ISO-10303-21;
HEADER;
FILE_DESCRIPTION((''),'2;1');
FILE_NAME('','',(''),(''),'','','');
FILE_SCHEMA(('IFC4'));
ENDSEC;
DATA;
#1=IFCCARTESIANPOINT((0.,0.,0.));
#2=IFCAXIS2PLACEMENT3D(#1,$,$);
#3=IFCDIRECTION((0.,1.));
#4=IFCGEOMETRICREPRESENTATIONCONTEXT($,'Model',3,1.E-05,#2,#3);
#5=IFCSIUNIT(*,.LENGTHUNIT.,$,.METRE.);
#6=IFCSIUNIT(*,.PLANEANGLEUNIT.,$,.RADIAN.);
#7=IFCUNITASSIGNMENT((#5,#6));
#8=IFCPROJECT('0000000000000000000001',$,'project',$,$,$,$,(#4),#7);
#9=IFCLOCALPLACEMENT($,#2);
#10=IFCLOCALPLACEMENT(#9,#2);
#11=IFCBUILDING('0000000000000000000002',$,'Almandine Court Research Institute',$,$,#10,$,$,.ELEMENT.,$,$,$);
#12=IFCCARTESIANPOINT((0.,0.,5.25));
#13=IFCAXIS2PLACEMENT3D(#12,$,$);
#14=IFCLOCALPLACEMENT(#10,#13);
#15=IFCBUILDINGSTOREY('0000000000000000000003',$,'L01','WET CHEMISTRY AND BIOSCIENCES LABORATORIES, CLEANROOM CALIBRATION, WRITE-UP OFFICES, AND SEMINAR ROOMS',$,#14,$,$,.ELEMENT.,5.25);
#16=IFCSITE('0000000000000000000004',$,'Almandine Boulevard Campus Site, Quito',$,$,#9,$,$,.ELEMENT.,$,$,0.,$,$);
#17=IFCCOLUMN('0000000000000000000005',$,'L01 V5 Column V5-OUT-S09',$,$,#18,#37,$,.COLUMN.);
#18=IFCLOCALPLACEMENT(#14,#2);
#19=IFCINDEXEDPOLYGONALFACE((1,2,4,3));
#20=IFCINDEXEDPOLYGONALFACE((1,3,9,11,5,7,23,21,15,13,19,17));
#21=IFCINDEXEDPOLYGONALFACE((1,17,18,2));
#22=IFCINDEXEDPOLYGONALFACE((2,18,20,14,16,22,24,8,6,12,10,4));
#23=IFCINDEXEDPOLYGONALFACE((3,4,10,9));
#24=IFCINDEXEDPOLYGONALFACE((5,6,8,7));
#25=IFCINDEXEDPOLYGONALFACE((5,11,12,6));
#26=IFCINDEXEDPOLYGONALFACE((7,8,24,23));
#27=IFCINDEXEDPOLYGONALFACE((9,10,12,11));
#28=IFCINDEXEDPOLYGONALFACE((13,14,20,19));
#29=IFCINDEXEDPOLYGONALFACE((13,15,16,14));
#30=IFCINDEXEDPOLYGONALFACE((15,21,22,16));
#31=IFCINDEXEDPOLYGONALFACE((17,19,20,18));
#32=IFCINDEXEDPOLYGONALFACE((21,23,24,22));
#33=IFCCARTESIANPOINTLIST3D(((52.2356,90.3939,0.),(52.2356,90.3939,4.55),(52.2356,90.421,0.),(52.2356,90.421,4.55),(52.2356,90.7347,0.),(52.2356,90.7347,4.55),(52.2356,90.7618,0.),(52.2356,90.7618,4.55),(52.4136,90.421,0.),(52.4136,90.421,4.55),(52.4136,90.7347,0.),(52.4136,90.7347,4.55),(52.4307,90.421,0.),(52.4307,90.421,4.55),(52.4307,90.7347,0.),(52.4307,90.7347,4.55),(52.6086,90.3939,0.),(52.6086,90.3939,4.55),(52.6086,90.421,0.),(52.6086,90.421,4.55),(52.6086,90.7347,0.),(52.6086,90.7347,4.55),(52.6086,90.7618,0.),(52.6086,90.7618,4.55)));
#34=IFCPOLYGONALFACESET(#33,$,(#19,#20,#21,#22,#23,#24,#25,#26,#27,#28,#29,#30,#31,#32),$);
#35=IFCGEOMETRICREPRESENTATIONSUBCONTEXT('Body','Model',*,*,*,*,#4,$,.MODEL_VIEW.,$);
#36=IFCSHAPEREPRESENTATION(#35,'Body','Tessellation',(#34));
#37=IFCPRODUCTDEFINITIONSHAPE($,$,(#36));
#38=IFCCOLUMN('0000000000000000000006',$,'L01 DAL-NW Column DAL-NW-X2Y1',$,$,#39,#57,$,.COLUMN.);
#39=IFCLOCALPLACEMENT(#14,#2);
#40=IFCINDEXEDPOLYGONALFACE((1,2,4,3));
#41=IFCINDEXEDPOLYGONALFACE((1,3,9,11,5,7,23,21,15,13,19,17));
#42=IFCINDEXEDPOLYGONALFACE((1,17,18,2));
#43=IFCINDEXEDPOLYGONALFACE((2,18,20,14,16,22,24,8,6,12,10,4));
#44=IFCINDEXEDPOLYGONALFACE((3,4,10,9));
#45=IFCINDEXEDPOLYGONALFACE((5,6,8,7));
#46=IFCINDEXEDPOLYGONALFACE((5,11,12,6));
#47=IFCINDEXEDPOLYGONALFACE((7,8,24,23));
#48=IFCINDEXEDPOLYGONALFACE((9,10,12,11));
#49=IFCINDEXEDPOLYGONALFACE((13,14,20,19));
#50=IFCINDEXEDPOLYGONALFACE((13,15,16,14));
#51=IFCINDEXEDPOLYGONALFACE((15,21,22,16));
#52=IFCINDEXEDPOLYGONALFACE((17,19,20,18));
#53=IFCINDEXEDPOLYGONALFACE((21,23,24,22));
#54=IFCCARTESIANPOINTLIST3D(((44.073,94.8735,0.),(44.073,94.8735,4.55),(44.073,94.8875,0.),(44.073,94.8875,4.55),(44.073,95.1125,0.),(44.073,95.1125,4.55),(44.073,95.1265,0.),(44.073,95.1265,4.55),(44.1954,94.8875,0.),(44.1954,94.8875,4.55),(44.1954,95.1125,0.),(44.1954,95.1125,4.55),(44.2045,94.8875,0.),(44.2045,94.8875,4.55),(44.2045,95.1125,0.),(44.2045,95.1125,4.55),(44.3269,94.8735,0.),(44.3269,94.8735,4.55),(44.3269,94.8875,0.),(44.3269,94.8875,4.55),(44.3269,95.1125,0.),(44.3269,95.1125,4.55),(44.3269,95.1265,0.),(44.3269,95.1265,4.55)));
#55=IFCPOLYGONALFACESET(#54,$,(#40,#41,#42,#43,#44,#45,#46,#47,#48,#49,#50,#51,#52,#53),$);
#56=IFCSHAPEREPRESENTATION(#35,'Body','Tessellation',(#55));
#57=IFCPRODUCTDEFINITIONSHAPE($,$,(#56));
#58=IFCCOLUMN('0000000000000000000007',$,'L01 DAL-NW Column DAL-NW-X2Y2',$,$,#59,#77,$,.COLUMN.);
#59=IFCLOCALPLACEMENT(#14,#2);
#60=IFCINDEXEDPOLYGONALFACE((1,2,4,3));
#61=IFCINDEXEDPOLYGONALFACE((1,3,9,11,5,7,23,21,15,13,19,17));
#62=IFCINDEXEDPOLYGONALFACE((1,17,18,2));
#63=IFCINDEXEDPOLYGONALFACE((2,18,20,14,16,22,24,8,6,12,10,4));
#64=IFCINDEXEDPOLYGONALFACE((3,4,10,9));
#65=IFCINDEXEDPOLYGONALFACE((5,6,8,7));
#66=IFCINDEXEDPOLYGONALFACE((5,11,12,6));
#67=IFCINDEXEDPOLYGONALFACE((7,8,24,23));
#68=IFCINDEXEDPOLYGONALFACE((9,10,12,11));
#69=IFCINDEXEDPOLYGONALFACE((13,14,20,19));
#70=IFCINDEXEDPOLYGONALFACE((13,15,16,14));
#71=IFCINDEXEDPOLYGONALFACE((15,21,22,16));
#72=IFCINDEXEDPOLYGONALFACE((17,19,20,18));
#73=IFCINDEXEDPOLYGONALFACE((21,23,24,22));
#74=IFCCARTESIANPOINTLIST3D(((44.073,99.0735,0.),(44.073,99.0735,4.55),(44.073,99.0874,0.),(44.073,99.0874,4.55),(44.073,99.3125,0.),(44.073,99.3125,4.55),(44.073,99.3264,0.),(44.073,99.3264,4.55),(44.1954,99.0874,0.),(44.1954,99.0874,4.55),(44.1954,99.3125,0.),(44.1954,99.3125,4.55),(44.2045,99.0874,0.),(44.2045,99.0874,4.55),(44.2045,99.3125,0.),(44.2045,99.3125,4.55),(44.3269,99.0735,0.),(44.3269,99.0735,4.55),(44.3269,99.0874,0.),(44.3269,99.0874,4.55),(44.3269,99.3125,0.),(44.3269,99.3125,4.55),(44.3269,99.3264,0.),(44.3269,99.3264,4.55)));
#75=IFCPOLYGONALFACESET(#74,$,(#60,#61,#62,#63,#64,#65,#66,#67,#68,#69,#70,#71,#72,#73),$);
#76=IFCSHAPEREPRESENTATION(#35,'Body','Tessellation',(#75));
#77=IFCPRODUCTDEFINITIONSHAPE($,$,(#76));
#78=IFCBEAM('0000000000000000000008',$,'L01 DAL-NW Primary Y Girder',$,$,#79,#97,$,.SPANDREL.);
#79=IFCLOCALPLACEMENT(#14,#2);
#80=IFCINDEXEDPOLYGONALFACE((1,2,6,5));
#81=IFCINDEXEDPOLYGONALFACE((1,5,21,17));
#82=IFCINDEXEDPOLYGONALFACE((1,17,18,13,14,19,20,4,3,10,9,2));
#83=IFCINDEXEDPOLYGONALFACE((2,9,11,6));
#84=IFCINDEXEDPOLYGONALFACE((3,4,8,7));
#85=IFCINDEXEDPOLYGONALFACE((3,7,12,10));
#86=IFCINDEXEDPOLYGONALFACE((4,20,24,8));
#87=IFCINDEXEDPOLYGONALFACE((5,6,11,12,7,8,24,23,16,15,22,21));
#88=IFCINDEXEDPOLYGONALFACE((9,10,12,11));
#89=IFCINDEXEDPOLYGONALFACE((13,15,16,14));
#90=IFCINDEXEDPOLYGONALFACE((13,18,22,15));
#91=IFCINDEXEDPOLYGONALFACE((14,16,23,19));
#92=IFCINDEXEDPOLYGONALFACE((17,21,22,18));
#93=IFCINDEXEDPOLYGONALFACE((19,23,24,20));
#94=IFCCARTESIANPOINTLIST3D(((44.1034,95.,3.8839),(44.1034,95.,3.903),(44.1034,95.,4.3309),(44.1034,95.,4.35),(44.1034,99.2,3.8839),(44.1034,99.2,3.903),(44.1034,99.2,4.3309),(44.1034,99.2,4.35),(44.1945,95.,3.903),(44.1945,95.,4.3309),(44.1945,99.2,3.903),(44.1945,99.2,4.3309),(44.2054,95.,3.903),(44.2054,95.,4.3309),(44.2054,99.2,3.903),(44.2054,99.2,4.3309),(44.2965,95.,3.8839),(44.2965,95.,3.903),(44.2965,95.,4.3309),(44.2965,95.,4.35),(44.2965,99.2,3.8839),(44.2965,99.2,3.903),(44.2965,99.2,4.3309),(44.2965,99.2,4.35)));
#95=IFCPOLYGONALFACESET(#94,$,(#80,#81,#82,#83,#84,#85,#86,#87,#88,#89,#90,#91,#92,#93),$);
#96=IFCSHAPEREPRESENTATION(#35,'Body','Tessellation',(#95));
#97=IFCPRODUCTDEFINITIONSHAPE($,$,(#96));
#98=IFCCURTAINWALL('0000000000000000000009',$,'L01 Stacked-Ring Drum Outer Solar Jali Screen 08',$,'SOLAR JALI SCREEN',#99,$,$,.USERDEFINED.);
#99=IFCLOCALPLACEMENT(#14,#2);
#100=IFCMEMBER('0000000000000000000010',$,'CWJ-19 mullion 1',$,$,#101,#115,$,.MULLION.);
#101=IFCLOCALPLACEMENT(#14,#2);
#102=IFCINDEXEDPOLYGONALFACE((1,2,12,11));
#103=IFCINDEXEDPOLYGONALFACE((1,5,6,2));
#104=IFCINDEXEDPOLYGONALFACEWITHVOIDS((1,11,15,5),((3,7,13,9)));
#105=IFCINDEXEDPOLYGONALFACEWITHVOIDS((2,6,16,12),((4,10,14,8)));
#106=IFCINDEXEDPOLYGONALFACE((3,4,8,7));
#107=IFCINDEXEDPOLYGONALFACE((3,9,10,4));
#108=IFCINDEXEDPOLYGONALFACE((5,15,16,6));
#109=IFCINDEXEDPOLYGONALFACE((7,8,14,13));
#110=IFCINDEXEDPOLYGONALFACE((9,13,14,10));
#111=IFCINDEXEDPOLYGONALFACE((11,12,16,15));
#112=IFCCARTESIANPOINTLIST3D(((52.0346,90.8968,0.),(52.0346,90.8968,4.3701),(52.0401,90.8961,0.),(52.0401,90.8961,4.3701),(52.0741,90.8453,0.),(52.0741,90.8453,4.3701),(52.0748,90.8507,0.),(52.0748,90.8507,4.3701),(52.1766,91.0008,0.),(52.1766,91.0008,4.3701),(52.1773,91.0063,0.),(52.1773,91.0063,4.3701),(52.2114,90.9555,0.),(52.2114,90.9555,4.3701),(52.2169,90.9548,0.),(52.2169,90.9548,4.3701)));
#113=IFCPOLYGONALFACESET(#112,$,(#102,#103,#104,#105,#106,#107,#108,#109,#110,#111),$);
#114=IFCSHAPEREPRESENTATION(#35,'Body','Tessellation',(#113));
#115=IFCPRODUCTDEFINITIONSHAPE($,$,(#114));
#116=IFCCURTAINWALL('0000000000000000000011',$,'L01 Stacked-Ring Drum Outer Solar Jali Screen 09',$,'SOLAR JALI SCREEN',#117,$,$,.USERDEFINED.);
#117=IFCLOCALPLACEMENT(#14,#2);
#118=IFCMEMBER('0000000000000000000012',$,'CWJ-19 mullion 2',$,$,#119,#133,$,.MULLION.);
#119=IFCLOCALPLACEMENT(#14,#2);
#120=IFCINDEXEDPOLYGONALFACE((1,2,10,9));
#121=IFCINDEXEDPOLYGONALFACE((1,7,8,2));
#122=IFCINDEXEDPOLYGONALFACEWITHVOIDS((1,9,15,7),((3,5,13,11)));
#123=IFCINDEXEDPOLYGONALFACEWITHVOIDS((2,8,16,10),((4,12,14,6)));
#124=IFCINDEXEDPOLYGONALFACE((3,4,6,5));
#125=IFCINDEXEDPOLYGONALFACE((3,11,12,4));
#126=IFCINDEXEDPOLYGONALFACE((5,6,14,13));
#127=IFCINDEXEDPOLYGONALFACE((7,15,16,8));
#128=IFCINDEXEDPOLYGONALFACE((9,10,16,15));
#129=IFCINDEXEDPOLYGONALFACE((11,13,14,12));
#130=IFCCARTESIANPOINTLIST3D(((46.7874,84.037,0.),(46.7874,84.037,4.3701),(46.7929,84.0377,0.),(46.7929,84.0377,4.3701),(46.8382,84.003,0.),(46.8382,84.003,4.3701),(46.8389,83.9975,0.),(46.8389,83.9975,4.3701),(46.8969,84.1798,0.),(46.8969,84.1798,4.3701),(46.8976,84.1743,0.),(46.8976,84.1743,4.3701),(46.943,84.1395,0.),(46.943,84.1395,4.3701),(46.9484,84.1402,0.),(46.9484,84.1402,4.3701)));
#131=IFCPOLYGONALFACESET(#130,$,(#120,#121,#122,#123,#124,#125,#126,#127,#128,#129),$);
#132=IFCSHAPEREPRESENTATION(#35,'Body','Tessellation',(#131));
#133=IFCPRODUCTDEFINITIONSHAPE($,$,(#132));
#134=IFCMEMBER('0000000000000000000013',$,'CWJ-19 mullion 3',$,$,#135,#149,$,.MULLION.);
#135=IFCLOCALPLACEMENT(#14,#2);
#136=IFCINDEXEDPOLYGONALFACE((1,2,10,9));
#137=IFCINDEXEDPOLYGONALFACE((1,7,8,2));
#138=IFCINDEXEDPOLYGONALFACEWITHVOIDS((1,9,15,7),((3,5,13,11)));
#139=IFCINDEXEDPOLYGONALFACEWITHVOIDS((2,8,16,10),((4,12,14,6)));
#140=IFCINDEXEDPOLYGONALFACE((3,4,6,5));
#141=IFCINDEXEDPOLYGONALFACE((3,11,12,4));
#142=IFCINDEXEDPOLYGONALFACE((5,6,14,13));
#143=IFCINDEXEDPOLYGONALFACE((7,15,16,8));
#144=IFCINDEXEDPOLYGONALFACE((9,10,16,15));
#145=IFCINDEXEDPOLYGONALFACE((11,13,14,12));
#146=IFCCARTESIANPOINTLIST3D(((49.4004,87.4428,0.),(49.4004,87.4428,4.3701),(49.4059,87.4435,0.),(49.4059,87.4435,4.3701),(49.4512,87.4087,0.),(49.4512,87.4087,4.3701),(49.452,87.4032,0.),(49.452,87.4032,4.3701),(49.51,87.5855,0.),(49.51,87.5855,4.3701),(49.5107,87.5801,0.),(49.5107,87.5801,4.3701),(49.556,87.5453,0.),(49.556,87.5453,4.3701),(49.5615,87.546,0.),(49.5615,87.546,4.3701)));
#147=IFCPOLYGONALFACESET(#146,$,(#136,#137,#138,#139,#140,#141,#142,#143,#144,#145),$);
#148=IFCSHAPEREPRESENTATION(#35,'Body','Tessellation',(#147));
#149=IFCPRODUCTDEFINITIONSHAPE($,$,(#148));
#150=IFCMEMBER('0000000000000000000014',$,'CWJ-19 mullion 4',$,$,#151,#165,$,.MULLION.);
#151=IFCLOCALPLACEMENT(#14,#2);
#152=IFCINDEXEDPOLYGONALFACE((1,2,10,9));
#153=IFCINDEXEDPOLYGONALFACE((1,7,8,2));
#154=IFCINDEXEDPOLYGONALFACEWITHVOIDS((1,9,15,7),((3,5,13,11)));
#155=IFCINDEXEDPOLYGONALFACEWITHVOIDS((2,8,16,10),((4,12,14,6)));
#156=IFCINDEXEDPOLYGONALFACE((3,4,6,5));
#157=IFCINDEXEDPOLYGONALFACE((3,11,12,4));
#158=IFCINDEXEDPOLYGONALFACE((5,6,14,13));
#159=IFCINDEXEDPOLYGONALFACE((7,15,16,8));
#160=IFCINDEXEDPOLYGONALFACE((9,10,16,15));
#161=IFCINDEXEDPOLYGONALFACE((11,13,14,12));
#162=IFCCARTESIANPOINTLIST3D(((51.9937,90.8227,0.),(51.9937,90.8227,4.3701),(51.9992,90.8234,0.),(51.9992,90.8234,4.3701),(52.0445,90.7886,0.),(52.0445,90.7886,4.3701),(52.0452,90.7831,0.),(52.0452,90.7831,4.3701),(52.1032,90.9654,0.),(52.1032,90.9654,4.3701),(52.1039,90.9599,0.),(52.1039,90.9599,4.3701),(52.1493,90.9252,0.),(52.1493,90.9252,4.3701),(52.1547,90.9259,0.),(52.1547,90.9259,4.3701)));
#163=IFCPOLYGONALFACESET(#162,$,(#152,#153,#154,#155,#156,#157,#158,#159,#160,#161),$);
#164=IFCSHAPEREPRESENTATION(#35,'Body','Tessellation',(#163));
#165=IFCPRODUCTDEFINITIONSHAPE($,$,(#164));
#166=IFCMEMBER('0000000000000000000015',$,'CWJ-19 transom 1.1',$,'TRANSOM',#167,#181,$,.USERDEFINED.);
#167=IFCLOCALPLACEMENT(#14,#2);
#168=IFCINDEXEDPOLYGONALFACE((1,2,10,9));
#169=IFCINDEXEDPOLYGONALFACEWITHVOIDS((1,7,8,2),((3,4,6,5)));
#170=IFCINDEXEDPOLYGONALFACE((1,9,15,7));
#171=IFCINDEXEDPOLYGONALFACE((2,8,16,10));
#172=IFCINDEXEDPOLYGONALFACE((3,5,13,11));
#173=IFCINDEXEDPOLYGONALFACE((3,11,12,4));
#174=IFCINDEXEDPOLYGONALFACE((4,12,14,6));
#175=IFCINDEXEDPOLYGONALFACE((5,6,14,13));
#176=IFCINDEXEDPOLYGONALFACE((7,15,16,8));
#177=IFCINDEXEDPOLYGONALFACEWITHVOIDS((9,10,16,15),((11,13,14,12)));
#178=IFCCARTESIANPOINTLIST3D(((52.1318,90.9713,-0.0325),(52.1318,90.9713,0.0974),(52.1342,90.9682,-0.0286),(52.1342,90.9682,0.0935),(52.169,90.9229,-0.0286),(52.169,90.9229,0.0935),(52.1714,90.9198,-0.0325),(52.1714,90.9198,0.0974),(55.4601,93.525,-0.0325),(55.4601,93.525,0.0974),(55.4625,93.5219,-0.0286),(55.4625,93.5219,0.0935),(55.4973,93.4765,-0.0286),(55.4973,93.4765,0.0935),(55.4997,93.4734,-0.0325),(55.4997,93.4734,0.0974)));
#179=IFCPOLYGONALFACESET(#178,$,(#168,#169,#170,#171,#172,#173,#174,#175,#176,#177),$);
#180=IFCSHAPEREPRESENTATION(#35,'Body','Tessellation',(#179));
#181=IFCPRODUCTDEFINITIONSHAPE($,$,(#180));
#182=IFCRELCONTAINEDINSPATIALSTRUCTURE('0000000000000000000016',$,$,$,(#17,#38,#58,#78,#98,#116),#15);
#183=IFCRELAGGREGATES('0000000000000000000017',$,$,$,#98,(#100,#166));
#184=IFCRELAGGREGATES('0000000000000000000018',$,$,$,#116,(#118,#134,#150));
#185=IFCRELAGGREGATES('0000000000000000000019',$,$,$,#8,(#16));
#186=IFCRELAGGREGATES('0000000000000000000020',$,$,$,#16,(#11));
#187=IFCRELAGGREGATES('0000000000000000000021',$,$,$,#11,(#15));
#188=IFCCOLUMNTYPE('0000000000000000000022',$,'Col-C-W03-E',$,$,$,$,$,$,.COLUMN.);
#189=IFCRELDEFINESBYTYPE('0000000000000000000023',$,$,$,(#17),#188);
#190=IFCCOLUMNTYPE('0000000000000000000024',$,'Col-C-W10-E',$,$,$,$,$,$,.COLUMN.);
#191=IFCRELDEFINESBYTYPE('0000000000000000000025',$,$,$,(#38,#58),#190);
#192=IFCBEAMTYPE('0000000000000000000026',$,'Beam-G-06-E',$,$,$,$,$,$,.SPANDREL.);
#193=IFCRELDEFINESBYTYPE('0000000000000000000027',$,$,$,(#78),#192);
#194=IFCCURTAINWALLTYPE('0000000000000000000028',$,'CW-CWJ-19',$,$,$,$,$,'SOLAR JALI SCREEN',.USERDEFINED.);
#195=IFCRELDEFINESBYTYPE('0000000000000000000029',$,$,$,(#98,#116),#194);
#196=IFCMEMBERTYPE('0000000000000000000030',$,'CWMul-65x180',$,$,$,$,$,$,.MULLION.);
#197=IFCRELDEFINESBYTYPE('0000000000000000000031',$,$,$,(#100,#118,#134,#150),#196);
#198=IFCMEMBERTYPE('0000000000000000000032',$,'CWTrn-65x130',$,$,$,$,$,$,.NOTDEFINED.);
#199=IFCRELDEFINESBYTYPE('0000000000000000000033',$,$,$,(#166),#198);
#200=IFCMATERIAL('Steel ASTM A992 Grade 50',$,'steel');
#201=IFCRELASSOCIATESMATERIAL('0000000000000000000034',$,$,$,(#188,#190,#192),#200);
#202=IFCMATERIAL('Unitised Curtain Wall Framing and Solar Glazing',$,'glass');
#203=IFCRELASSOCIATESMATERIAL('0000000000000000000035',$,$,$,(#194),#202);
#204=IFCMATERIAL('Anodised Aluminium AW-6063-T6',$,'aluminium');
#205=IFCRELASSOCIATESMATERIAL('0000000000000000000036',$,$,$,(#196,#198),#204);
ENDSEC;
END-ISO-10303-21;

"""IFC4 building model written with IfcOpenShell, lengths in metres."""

from ifc_helpers import new_model, si_unit, direction, frame, origin, origin_2d, place, context, subcontext, project, spatial, hollow_rectangle, i_section, extrude, material, material_profile, profile_set, type_object, element, aggregate, save


model = new_model("IFC4")

# Units and contexts
model_context = context("Model", 3, precision=1e-05, world=origin(), true_north=direction((0.0, 1.0)))
body_context = subcontext(model_context, "Body", "Model", "MODEL_VIEW")
ifc_project = project(units=[si_unit("LENGTHUNIT", "METRE"), si_unit("PLANEANGLEUNIT", "RADIAN")], contexts=[model_context])

# Site, building, storey
site_placement = place(None, origin())
site = spatial("IfcSite", under=ifc_project, at=site_placement, Name="Almandine Boulevard Campus Site, Quito", CompositionType="ELEMENT", RefElevation=0.0)
building_placement = place(site_placement, origin())
building = spatial("IfcBuilding", under=site, at=building_placement, Name="Almandine Court Research Institute", CompositionType="ELEMENT")
storey_placement = place(building_placement, frame((0.0, 0.0, 5.25)))
storey = spatial("IfcBuildingStorey", under=building, at=storey_placement, Name="L01", Description="WET CHEMISTRY AND BIOSCIENCES LABORATORIES, CLEANROOM CALIBRATION, WRITE-UP OFFICES, AND SEMINAR ROOMS", CompositionType="ELEMENT", Elevation=5.25)

# Columns
ifc_material_1 = material(Name="Steel ASTM A992 Grade 50", Category="steel")
ifc_material_profile_1 = material_profile(ifc_material_1, i_section(OverallWidth=0.373, OverallDepth=0.3679, WebThickness=0.0171, FlangeThickness=0.0271, at=origin_2d()), Name="W360x179")
ifc_profile_set_1 = profile_set([ifc_material_profile_1], Name="Steel ASTM A992 Grade 50")
column_type_1 = type_object("IfcColumnType", Name="Col-C-W03-E", PredefinedType="COLUMN", material=ifc_profile_set_1)
column_placement = place(storey_placement, frame((52.4221, 90.5779, 0.0), z_axis=(0.0, 0.0, 1.0), x_axis=(1.0, 0.0, 0.0)))
element("IfcColumn", 1, at=column_placement, inside=storey, type_object=column_type_1, Name="L01 V5 Column V5-OUT-S09", PredefinedType="COLUMN", context=body_context, shape_type="SweptSolid", body=[
    extrude(i_section(OverallWidth=0.373, OverallDepth=0.3679, WebThickness=0.0171, FlangeThickness=0.0271, at=origin_2d()), origin(), (0.0, 0.0, 1.0), 4.55),
])
ifc_material_profile_2 = material_profile(ifc_material_1, i_section(OverallWidth=0.2539, OverallDepth=0.2529, WebThickness=0.009, FlangeThickness=0.0139, at=origin_2d()), Name="W250x73")
ifc_profile_set_2 = profile_set([ifc_material_profile_2], Name="Steel ASTM A992 Grade 50")
column_type_2 = type_object("IfcColumnType", Name="Col-C-W10-E", PredefinedType="COLUMN", material=ifc_profile_set_2)
for number, where, z_axis, x_axis, name in (
    (2, (44.2, 95.0, 0.0), (0.0, 0.0, 1.0), (1.0, 0.0, 0.0), "L01 DAL-NW Column DAL-NW-X2Y1"),
    (3, (44.2, 99.2, 0.0), (0.0, 0.0, 1.0), (1.0, 0.0, 0.0), "L01 DAL-NW Column DAL-NW-X2Y2"),
):
    element("IfcColumn", number, at=place(storey_placement, frame(where, z_axis=z_axis, x_axis=x_axis)), inside=storey, type_object=column_type_2, Name=name, PredefinedType="COLUMN", context=body_context, shape_type="SweptSolid", body=[
        extrude(i_section(OverallWidth=0.2539, OverallDepth=0.2529, WebThickness=0.009, FlangeThickness=0.0139, at=origin_2d()), origin(), (0.0, 0.0, 1.0), 4.55),
    ])

# Beam
ifc_material_profile_3 = material_profile(ifc_material_1, i_section(OverallWidth=0.1931, OverallDepth=0.4661, WebThickness=0.011, FlangeThickness=0.019, at=origin_2d()), Name="W460x97")
ifc_profile_set_3 = profile_set([ifc_material_profile_3], Name="Steel ASTM A992 Grade 50")
beam_type = type_object("IfcBeamType", Name="Beam-G-06-E", PredefinedType="SPANDREL", material=ifc_profile_set_3)
beam_placement = place(storey_placement, frame((44.2, 95.0, 4.1169), z_axis=(0.0, 1.0, 0.0), x_axis=(-1.0, 0.0, 0.0)))
element("IfcBeam", 4, at=beam_placement, inside=storey, type_object=beam_type, Name="L01 DAL-NW Primary Y Girder", PredefinedType="SPANDREL", context=body_context, shape_type="SweptSolid", body=[
    extrude(i_section(OverallWidth=0.1931, OverallDepth=0.4661, WebThickness=0.011, FlangeThickness=0.019, at=origin_2d()), origin(), (0.0, 0.0, 1.0), 4.2),
])

# Curtain wall, member
ifc_material_2 = material(Name="Unitised Curtain Wall Framing and Solar Glazing", Category="glass")
curtain_wall_type = type_object("IfcCurtainWallType", Name="CW-CWJ-19", ElementType="SOLAR JALI SCREEN", PredefinedType="USERDEFINED", material=ifc_material_2)
curtain_wall_1_placement = place(storey_placement, origin())
curtain_wall_1 = element("IfcCurtainWall", 5, at=curtain_wall_1_placement, inside=storey, type_object=curtain_wall_type, Name="L01 Stacked-Ring Drum Outer Solar Jali Screen 08", ObjectType="SOLAR JALI SCREEN", PredefinedType="USERDEFINED")
ifc_material_3 = material(Name="Anodised Aluminium AW-6063-T6", Category="aluminium")
ifc_material_profile_4 = material_profile(ifc_material_3, hollow_rectangle(XDim=0.0649, YDim=0.1799, WallThickness=0.0039, at=origin_2d()), Name="ALU RHS 65x180x4")
ifc_profile_set_4 = profile_set([ifc_material_profile_4], Name="Anodised Aluminium AW-6063-T6")
member_type_1 = type_object("IfcMemberType", Name="CWMul-65x180", PredefinedType="MULLION", material=ifc_profile_set_4)
member_1_placement = place(storey_placement, frame((52.1257, 90.9258, 0.0), z_axis=(0.0, 0.0, 1.0), x_axis=(-0.608723, 0.793383, 0.0)))
member_1 = element("IfcMember", 6, at=member_1_placement, type_object=member_type_1, Name="CWJ-19 mullion 1", PredefinedType="MULLION", context=body_context, shape_type="SweptSolid", body=[
    extrude(hollow_rectangle(XDim=0.0649, YDim=0.1799, WallThickness=0.0039, at=origin_2d()), origin(), (0.0, 0.0, 1.0), 4.3701),
])

# Curtain wall, members
curtain_wall_2_placement = place(storey_placement, origin())
curtain_wall_2 = element("IfcCurtainWall", 7, at=curtain_wall_2_placement, inside=storey, type_object=curtain_wall_type, Name="L01 Stacked-Ring Drum Outer Solar Jali Screen 09", ObjectType="SOLAR JALI SCREEN", PredefinedType="USERDEFINED")
member_2_placement = place(storey_placement, frame((46.8679, 84.0886, 0.0), z_axis=(0.0, 0.0, 1.0), x_axis=(-0.793383, 0.608723, 0.0)))
member_2 = element("IfcMember", 8, at=member_2_placement, type_object=member_type_1, Name="CWJ-19 mullion 2", PredefinedType="MULLION", context=body_context, shape_type="SweptSolid", body=[
    extrude(hollow_rectangle(XDim=0.0649, YDim=0.1799, WallThickness=0.0039, at=origin_2d()), origin(), (0.0, 0.0, 1.0), 4.3701),
])
member_3_placement = place(storey_placement, frame((49.481, 87.4944, 0.0), z_axis=(0.0, 0.0, 1.0), x_axis=(-0.793383, 0.608723, 0.0)))
member_3 = element("IfcMember", 9, at=member_3_placement, type_object=member_type_1, Name="CWJ-19 mullion 3", PredefinedType="MULLION", context=body_context, shape_type="SweptSolid", body=[
    extrude(hollow_rectangle(XDim=0.0649, YDim=0.1799, WallThickness=0.0039, at=origin_2d()), origin(), (0.0, 0.0, 1.0), 4.3701),
])
member_4_placement = place(storey_placement, frame((52.0742, 90.8743, 0.0), z_axis=(0.0, 0.0, 1.0), x_axis=(-0.793383, 0.608723, 0.0)))
member_4 = element("IfcMember", 10, at=member_4_placement, type_object=member_type_1, Name="CWJ-19 mullion 4", PredefinedType="MULLION", context=body_context, shape_type="SweptSolid", body=[
    extrude(hollow_rectangle(XDim=0.0649, YDim=0.1799, WallThickness=0.0039, at=origin_2d()), origin(), (0.0, 0.0, 1.0), 4.3701),
])

# Member
ifc_material_profile_5 = material_profile(ifc_material_3, hollow_rectangle(XDim=0.0649, YDim=0.1299, WallThickness=0.0039, at=origin_2d()), Name="ALU RHS 65x130x4")
ifc_profile_set_5 = profile_set([ifc_material_profile_5], Name="Anodised Aluminium AW-6063-T6")
member_type_2 = type_object("IfcMemberType", Name="CWTrn-65x130", PredefinedType="NOTDEFINED", material=ifc_profile_set_5)
member_5_placement = place(storey_placement, frame((52.1516, 90.9456, 0.0325), z_axis=(0.793381, 0.608726, 0.0), x_axis=(-0.608726, 0.793381, 0.0)))
member_5 = element("IfcMember", 11, at=member_5_placement, type_object=member_type_2, Name="CWJ-19 transom 1.1", ObjectType="TRANSOM", PredefinedType="USERDEFINED", context=body_context, shape_type="SweptSolid", body=[
    extrude(hollow_rectangle(XDim=0.0649, YDim=0.1299, WallThickness=0.0039, at=origin_2d()), origin(), (0.0, 0.0, 1.0), 4.1951),
])
aggregate(curtain_wall_1, [member_1, member_5])

aggregate(curtain_wall_2, [member_2, member_3, member_4])

save(model, "model.ifc")
